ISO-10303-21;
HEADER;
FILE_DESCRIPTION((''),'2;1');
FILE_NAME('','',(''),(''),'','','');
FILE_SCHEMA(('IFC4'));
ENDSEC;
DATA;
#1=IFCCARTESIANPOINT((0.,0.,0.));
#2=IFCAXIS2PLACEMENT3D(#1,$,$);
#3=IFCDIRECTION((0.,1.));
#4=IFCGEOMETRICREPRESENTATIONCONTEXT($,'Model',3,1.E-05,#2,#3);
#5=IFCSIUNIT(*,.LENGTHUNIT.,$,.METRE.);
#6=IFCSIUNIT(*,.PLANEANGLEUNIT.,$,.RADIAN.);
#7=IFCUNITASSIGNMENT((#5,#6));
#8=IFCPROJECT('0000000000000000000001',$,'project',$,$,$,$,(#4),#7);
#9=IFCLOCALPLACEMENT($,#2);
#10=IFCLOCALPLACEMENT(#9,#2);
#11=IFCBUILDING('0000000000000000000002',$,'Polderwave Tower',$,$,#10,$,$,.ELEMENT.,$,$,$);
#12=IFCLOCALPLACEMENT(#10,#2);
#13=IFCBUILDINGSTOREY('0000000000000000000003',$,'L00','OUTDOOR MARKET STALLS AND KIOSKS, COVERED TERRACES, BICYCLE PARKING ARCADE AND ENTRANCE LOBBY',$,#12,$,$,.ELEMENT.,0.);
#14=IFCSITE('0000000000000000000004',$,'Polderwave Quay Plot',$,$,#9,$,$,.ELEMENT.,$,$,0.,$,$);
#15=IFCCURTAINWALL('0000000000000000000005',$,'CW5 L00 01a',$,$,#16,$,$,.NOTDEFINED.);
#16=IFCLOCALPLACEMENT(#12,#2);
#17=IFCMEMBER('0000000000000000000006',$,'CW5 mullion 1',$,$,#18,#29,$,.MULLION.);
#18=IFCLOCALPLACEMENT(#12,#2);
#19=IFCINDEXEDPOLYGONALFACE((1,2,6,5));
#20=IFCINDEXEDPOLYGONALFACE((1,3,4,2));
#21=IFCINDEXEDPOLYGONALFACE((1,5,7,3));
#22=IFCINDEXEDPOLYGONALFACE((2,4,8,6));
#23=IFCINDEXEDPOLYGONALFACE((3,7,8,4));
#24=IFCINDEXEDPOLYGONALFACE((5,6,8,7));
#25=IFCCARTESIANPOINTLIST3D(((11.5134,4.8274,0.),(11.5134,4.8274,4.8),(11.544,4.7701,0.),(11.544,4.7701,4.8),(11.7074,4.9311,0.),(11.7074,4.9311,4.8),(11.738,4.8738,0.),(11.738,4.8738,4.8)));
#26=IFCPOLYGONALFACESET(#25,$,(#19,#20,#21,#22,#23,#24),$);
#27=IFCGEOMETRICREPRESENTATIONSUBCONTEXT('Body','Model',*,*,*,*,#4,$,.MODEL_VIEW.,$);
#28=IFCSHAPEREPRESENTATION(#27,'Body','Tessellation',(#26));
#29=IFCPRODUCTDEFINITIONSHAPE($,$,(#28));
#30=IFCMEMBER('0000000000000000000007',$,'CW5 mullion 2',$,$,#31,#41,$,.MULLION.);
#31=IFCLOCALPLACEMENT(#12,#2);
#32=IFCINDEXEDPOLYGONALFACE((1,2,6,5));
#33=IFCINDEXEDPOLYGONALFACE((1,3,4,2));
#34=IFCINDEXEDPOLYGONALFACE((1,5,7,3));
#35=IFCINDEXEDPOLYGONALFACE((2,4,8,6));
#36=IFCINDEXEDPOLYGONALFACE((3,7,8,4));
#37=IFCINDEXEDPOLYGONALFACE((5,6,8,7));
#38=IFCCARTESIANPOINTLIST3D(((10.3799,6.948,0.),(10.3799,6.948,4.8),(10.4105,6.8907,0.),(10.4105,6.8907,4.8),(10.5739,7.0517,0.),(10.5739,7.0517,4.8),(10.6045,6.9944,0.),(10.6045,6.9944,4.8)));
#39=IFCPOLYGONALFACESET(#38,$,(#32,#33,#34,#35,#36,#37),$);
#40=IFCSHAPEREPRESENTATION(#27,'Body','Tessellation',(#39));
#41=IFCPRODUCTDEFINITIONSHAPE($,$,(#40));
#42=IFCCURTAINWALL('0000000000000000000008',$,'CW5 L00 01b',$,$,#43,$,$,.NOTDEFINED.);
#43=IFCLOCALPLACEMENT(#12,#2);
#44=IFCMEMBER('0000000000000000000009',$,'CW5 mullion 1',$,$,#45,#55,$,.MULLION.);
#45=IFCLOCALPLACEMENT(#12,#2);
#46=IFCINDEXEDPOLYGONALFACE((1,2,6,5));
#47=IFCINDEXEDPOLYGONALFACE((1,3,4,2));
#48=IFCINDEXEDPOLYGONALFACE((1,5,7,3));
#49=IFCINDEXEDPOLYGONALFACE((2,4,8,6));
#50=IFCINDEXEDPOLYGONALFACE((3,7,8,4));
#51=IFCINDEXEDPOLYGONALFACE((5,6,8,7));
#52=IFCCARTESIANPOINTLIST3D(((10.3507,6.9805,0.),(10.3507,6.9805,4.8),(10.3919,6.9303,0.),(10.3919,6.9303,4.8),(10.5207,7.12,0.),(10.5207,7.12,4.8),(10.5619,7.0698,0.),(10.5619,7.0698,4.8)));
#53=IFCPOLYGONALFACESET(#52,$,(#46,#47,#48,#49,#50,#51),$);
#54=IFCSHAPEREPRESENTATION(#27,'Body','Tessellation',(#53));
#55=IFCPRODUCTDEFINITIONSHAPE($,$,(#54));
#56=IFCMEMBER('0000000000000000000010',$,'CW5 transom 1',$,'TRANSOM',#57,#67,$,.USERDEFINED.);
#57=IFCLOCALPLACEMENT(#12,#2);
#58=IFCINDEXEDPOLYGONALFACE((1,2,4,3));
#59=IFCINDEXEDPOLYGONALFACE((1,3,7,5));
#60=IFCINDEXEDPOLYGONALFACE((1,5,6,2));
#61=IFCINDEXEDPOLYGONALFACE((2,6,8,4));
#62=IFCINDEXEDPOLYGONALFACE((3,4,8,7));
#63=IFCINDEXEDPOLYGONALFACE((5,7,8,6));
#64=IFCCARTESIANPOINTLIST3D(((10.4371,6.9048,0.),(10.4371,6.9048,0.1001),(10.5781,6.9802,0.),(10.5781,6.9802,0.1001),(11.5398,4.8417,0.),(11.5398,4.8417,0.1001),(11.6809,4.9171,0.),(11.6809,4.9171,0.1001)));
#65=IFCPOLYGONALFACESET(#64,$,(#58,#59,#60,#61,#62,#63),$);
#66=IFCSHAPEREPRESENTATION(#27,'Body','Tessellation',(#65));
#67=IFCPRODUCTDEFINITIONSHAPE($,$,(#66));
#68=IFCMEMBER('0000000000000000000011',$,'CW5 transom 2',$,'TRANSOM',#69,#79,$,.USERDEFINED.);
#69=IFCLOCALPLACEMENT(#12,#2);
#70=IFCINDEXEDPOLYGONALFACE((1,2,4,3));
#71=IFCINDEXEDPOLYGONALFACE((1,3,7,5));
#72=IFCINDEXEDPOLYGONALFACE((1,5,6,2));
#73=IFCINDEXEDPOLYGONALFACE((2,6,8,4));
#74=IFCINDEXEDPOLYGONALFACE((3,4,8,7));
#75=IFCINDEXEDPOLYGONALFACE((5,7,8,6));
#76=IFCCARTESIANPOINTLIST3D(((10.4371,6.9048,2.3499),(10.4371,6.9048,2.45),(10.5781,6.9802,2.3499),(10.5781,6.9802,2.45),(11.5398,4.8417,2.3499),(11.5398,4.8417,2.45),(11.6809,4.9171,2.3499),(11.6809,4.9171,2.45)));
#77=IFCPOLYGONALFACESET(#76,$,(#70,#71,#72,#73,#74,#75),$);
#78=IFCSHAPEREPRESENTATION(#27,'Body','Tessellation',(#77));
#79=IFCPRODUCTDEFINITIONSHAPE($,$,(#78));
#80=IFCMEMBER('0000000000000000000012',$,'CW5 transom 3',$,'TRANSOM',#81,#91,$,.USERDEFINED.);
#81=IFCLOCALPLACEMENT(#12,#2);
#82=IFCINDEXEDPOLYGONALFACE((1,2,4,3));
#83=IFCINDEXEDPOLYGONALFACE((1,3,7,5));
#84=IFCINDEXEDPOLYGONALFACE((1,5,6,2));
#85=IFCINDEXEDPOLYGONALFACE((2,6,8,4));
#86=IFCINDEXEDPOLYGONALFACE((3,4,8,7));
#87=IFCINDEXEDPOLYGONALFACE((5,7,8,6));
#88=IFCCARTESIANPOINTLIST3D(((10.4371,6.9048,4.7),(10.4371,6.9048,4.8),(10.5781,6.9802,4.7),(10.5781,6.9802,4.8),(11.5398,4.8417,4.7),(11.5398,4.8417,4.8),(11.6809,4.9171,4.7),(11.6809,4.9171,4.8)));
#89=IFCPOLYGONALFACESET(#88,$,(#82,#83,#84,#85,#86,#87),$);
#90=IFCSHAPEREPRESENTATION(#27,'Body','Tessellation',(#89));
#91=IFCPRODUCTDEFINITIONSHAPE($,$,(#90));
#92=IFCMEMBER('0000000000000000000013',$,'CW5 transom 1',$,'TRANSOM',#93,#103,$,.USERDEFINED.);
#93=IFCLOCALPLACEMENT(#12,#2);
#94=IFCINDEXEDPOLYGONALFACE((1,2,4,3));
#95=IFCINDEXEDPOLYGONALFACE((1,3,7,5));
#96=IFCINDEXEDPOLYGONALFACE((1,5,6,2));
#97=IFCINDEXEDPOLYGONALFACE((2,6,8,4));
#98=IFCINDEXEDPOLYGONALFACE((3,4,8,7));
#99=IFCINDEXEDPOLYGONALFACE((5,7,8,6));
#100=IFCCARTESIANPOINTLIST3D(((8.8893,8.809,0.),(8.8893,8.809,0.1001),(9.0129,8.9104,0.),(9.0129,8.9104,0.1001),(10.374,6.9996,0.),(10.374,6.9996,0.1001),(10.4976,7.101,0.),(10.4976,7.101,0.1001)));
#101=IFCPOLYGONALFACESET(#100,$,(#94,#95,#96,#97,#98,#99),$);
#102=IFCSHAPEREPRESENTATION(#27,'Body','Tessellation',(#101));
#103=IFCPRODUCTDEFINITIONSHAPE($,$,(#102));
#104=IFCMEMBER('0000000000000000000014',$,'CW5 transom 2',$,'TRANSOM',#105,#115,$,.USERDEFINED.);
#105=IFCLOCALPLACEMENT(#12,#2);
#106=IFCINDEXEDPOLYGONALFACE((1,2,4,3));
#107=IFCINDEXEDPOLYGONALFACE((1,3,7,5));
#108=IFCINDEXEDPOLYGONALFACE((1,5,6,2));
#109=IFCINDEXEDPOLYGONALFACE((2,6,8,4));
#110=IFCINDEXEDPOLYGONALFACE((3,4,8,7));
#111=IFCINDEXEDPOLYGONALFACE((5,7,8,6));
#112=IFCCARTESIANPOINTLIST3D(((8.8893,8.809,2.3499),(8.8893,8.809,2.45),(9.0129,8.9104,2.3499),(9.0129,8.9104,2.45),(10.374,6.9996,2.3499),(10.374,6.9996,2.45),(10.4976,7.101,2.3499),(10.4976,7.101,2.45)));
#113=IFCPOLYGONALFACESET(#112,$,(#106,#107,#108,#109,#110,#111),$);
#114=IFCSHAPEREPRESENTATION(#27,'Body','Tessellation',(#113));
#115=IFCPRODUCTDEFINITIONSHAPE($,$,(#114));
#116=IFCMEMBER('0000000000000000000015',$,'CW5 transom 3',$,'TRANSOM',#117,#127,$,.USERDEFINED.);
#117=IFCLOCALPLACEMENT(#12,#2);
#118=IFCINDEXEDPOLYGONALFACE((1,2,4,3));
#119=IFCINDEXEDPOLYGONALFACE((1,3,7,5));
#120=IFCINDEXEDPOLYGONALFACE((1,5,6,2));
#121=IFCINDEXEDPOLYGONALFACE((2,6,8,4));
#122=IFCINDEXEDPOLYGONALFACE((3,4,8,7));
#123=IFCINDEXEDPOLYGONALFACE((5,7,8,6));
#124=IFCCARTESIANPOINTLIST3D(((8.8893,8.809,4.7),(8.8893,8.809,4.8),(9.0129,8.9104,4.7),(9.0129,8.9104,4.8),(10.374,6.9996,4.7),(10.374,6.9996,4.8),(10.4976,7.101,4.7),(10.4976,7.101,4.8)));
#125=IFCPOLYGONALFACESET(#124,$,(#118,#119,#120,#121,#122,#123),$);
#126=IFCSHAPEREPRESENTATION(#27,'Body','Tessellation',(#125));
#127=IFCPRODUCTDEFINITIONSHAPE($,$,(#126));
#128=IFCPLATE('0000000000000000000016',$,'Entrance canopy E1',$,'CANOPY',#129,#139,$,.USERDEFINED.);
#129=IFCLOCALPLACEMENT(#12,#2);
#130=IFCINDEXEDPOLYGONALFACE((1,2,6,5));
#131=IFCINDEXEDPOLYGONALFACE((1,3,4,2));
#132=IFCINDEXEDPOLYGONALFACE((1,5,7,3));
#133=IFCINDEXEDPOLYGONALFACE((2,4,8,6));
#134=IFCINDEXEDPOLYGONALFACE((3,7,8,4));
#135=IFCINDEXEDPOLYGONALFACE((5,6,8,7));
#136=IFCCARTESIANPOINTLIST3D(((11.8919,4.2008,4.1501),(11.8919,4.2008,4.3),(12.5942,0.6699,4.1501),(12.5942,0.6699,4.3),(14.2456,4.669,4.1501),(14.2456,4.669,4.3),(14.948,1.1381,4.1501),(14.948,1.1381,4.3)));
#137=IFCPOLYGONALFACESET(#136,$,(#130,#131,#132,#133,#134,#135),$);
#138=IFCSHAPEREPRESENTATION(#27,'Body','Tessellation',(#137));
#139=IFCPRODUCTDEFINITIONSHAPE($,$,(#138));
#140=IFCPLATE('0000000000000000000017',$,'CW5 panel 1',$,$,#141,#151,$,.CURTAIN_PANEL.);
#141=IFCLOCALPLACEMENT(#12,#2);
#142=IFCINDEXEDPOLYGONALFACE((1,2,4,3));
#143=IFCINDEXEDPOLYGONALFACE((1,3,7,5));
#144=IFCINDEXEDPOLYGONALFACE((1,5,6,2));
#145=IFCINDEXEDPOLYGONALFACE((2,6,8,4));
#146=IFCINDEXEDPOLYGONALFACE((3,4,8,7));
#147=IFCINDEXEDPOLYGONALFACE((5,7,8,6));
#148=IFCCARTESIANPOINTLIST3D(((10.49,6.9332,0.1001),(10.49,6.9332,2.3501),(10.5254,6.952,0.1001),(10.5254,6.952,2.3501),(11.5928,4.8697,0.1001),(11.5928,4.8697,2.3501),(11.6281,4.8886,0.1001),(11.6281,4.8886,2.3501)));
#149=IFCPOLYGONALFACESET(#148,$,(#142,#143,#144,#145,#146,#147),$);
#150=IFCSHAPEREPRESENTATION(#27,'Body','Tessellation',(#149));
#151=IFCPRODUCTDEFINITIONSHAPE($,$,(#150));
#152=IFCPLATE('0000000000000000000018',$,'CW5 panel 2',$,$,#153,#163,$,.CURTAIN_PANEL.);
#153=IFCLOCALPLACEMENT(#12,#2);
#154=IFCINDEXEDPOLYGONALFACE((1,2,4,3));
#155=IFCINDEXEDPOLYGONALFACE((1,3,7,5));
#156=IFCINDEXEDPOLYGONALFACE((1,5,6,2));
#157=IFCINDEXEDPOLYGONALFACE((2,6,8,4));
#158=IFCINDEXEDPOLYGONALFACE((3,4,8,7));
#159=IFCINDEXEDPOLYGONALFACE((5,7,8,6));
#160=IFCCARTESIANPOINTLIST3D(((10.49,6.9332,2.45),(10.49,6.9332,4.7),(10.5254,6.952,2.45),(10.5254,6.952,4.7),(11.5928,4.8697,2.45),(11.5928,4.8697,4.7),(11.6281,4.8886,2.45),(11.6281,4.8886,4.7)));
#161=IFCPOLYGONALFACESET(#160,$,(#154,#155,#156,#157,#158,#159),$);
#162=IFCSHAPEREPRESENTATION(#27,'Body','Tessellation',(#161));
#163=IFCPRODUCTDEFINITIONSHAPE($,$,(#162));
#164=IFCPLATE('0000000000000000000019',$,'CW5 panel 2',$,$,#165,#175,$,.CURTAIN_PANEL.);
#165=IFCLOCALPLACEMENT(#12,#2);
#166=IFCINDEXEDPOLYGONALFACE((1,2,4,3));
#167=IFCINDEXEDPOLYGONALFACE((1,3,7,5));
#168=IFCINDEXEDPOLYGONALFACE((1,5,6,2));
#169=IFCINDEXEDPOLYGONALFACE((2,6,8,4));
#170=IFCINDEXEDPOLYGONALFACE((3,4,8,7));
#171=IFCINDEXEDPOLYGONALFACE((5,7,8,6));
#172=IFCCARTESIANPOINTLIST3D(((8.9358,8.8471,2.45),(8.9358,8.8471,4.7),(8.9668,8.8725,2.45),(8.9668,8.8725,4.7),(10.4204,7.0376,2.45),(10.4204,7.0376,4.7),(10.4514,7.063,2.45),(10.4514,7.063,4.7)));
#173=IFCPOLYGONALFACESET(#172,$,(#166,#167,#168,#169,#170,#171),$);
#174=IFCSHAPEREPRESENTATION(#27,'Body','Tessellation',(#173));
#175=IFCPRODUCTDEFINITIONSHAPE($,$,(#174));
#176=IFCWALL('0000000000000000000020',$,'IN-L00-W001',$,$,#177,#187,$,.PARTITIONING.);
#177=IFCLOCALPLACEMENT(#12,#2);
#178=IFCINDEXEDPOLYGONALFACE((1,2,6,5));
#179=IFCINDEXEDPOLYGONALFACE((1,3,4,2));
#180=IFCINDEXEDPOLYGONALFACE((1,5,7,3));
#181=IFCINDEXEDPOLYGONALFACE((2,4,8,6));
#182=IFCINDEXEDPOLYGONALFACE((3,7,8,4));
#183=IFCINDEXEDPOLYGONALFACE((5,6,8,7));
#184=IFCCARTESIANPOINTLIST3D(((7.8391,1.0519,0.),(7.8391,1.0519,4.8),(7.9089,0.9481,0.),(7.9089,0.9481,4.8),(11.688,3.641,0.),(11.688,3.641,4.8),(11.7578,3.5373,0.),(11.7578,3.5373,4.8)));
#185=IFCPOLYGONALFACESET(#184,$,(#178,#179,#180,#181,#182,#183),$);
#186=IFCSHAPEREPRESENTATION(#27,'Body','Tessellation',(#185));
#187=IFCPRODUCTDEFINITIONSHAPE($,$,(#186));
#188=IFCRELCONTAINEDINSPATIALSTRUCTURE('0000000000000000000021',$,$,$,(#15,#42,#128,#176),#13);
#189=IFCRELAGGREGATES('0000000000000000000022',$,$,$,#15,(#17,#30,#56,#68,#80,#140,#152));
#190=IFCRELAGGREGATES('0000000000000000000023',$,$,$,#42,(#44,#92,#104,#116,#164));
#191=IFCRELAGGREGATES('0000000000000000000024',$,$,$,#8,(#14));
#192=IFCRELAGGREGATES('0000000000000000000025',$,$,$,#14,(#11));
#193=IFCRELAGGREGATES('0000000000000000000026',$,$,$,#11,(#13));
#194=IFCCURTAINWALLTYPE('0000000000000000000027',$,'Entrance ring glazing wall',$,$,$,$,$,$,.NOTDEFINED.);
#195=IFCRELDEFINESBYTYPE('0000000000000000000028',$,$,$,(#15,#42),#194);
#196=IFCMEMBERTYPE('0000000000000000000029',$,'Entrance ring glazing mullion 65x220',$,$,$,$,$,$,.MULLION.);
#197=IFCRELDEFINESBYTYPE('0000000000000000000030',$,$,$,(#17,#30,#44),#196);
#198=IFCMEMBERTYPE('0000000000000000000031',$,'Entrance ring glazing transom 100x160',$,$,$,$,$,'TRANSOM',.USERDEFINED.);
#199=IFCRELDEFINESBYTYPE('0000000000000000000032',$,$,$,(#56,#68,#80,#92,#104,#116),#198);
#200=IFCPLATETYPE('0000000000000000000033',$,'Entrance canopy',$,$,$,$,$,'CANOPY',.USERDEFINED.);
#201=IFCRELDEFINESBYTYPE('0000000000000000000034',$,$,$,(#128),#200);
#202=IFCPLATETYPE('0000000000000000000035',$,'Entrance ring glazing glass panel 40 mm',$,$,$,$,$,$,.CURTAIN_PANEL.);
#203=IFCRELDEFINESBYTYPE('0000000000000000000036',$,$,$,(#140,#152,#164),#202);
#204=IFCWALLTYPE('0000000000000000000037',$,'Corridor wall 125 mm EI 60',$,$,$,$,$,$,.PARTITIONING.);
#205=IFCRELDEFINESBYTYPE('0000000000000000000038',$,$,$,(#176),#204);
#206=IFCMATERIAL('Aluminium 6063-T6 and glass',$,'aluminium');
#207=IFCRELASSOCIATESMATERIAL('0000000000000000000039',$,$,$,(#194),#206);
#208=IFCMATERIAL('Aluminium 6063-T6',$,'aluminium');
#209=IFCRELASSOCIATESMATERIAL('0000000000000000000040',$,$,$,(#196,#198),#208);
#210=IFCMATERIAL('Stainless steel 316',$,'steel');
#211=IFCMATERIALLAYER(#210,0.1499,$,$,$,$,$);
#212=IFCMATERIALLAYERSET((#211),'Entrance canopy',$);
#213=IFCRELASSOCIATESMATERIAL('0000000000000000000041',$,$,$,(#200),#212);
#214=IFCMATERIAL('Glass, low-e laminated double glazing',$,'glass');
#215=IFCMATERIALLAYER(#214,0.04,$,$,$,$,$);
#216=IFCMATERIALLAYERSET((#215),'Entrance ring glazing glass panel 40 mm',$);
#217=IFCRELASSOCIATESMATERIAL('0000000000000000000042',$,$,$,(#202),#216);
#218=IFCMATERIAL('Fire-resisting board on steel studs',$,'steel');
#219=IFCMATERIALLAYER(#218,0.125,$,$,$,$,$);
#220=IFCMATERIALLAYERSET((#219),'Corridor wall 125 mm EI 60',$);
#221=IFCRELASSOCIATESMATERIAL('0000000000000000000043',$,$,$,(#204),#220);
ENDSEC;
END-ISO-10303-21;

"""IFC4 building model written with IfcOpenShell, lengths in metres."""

from ifc_helpers import new_model, si_unit, direction, frame, frame_2d, origin, origin_2d, place, context, subcontext, project, spatial, rectangle, extrude, material, layer, layer_set, material_profile, profile_set, type_object, element, aggregate, save


model = new_model("IFC4")

# Units and contexts
model_context = context("Model", 3, precision=1e-05, world=origin(), true_north=direction((0.0, 1.0)))
body_context = subcontext(model_context, "Body", "Model", "MODEL_VIEW")
ifc_project = project(units=[si_unit("LENGTHUNIT", "METRE"), si_unit("PLANEANGLEUNIT", "RADIAN")], contexts=[model_context])

# Site, building, storey
site_placement = place(None, origin())
site = spatial("IfcSite", under=ifc_project, at=site_placement, Name="Polderwave Quay Plot", CompositionType="ELEMENT", RefElevation=0.0)
building_placement = place(site_placement, origin())
building = spatial("IfcBuilding", under=site, at=building_placement, Name="Polderwave Tower", CompositionType="ELEMENT")
storey_placement = place(building_placement, origin())
storey = spatial("IfcBuildingStorey", under=building, at=storey_placement, Name="L00", Description="OUTDOOR MARKET STALLS AND KIOSKS, COVERED TERRACES, BICYCLE PARKING ARCADE AND ENTRANCE LOBBY", CompositionType="ELEMENT", Elevation=0.0)

# Curtain wall, members
ifc_material_1 = material(Name="Aluminium 6063-T6 and glass", Category="aluminium")
curtain_wall_type = type_object("IfcCurtainWallType", Name="Entrance ring glazing wall", PredefinedType="NOTDEFINED", material=ifc_material_1)
curtain_wall_1_placement = place(storey_placement, origin())
curtain_wall_1 = element("IfcCurtainWall", 1, at=curtain_wall_1_placement, inside=storey, type_object=curtain_wall_type, Name="CW5 L00 01a", PredefinedType="NOTDEFINED")
ifc_material_2 = material(Name="Aluminium 6063-T6", Category="aluminium")
ifc_material_profile_1 = material_profile(ifc_material_2, rectangle(XDim=0.22, YDim=0.0649, at=origin_2d()), Name="AL 65x220")
ifc_profile_set_1 = profile_set([ifc_material_profile_1], Name="Aluminium 6063-T6")
member_type_1 = type_object("IfcMemberType", Name="Entrance ring glazing mullion 65x220", PredefinedType="MULLION", material=ifc_profile_set_1)
member_1_placement = place(storey_placement, frame((11.6257, 4.8506, 0.0), z_axis=(0.0, 0.0, 1.0), x_axis=(-0.881949, -0.471344, 0.0)))
member_1 = element("IfcMember", 2, at=member_1_placement, type_object=member_type_1, Name="CW5 mullion 1", PredefinedType="MULLION", context=body_context, shape_type="SweptSolid", body=[
    extrude(rectangle(XDim=0.22, YDim=0.0649, at=origin_2d()), origin(), (0.0, 0.0, 1.0), 4.8),
])
member_2_placement = place(storey_placement, frame((10.4922, 6.9712, 0.0), z_axis=(0.0, 0.0, 1.0), x_axis=(-0.881949, -0.471344, 0.0)))
member_2 = element("IfcMember", 3, at=member_2_placement, type_object=member_type_1, Name="CW5 mullion 2", PredefinedType="MULLION", context=body_context, shape_type="SweptSolid", body=[
    extrude(rectangle(XDim=0.22, YDim=0.0649, at=origin_2d()), origin(), (0.0, 0.0, 1.0), 4.8),
])

# Curtain wall, member
curtain_wall_2_placement = place(storey_placement, origin())
curtain_wall_2 = element("IfcCurtainWall", 4, at=curtain_wall_2_placement, inside=storey, type_object=curtain_wall_type, Name="CW5 L00 01b", PredefinedType="NOTDEFINED")
member_3_placement = place(storey_placement, frame((10.4563, 7.0251, 0.0), z_axis=(0.0, 0.0, 1.0), x_axis=(-0.773109, -0.634273, 0.0)))
member_3 = element("IfcMember", 5, at=member_3_placement, type_object=member_type_1, Name="CW5 mullion 1", PredefinedType="MULLION", context=body_context, shape_type="SweptSolid", body=[
    extrude(rectangle(XDim=0.22, YDim=0.0649, at=origin_2d()), origin(), (0.0, 0.0, 1.0), 4.8),
])

# Members
ifc_material_profile_2 = material_profile(ifc_material_2, rectangle(XDim=0.1599, YDim=0.1001, at=origin_2d()), Name="AL 100x160")
ifc_profile_set_2 = profile_set([ifc_material_profile_2], Name="Aluminium 6063-T6")
member_type_2 = type_object("IfcMemberType", Name="Entrance ring glazing transom 100x160", ElementType="TRANSOM", PredefinedType="USERDEFINED", material=ifc_profile_set_2)
member_4_placement = place(storey_placement, frame((11.6104, 4.8794, 0.05), z_axis=(-0.471384, 0.881928, 0.0), x_axis=(-0.881928, -0.471384, 0.0)))
member_4 = element("IfcMember", 6, at=member_4_placement, type_object=member_type_2, Name="CW5 transom 1", ObjectType="TRANSOM", PredefinedType="USERDEFINED", context=body_context, shape_type="SweptSolid", body=[
    extrude(rectangle(XDim=0.1599, YDim=0.1001, at=origin_2d()), origin(), (0.0, 0.0, 1.0), 2.3394),
])
member_5_placement = place(storey_placement, frame((11.6104, 4.8794, 2.3999), z_axis=(-0.471384, 0.881928, 0.0), x_axis=(-0.881928, -0.471384, 0.0)))
member_5 = element("IfcMember", 7, at=member_5_placement, type_object=member_type_2, Name="CW5 transom 2", ObjectType="TRANSOM", PredefinedType="USERDEFINED", context=body_context, shape_type="SweptSolid", body=[
    extrude(rectangle(XDim=0.1599, YDim=0.1001, at=origin_2d()), origin(), (0.0, 0.0, 1.0), 2.3394),
])
member_6_placement = place(storey_placement, frame((11.6104, 4.8794, 4.75), z_axis=(-0.471384, 0.881928, 0.0), x_axis=(-0.881928, -0.471384, 0.0)))
member_6 = element("IfcMember", 8, at=member_6_placement, type_object=member_type_2, Name="CW5 transom 3", ObjectType="TRANSOM", PredefinedType="USERDEFINED", context=body_context, shape_type="SweptSolid", body=[
    extrude(rectangle(XDim=0.1599, YDim=0.1001, at=origin_2d()), origin(), (0.0, 0.0, 1.0), 2.3394),
])
member_7_placement = place(storey_placement, frame((10.4358, 7.0503, 0.05), z_axis=(-0.634328, 0.773064, 0.0), x_axis=(-0.773064, -0.634328, 0.0)))
member_7 = element("IfcMember", 9, at=member_7_placement, type_object=member_type_2, Name="CW5 transom 1", ObjectType="TRANSOM", PredefinedType="USERDEFINED", context=body_context, shape_type="SweptSolid", body=[
    extrude(rectangle(XDim=0.1599, YDim=0.1001, at=origin_2d()), origin(), (0.0, 0.0, 1.0), 2.3406),
])
member_8_placement = place(storey_placement, frame((10.4358, 7.0503, 2.3999), z_axis=(-0.634328, 0.773064, 0.0), x_axis=(-0.773064, -0.634328, 0.0)))
member_8 = element("IfcMember", 10, at=member_8_placement, type_object=member_type_2, Name="CW5 transom 2", ObjectType="TRANSOM", PredefinedType="USERDEFINED", context=body_context, shape_type="SweptSolid", body=[
    extrude(rectangle(XDim=0.1599, YDim=0.1001, at=origin_2d()), origin(), (0.0, 0.0, 1.0), 2.3406),
])
member_9_placement = place(storey_placement, frame((10.4358, 7.0503, 4.75), z_axis=(-0.634328, 0.773064, 0.0), x_axis=(-0.773064, -0.634328, 0.0)))
member_9 = element("IfcMember", 11, at=member_9_placement, type_object=member_type_2, Name="CW5 transom 3", ObjectType="TRANSOM", PredefinedType="USERDEFINED", context=body_context, shape_type="SweptSolid", body=[
    extrude(rectangle(XDim=0.1599, YDim=0.1001, at=origin_2d()), origin(), (0.0, 0.0, 1.0), 2.3406),
])

# Plates
ifc_material_3 = material(Name="Stainless steel 316", Category="steel")
ifc_layer_1 = layer(ifc_material_3, 0.1499)
ifc_layer_set_1 = layer_set([ifc_layer_1], Name="Entrance canopy")
plate_type_1 = type_object("IfcPlateType", Name="Entrance canopy", ElementType="CANOPY", PredefinedType="USERDEFINED", material=ifc_layer_set_1)
plate_1_placement = place(storey_placement, frame((13.4199, 2.6694, 4.1501), z_axis=(0.0, 0.0, 1.0), x_axis=(-0.19509, 0.980785, 0.0)))
element("IfcPlate", 12, at=plate_1_placement, inside=storey, type_object=plate_type_1, Name="Entrance canopy E1", ObjectType="CANOPY", PredefinedType="USERDEFINED", context=body_context, shape_type="SweptSolid", body=[
    extrude(rectangle(XDim=3.6001, YDim=2.3999, at=origin_2d()), origin(), (0.0, 0.0, 1.0), 0.1499),
])
ifc_material_4 = material(Name="Glass, low-e laminated double glazing", Category="glass")
ifc_layer_2 = layer(ifc_material_4, 0.04)
ifc_layer_set_2 = layer_set([ifc_layer_2], Name="Entrance ring glazing glass panel 40 mm")
plate_type_2 = type_object("IfcPlateType", Name="Entrance ring glazing glass panel 40 mm", PredefinedType="CURTAIN_PANEL", material=ifc_layer_set_2)
plate_2_placement = place(storey_placement, frame((11.0591, 5.9109, 0.1001), z_axis=(0.0, 0.0, 1.0), x_axis=(-0.471344, 0.881949, 0.0)))
plate_2 = element("IfcPlate", 13, at=plate_2_placement, type_object=plate_type_2, Name="CW5 panel 1", PredefinedType="CURTAIN_PANEL", context=body_context, shape_type="SweptSolid", body=[
    extrude(rectangle(XDim=2.3396, YDim=0.04, at=origin_2d()), origin(), (0.0, 0.0, 1.0), 2.25),
])
plate_3_placement = place(storey_placement, frame((11.0591, 5.9109, 2.45), z_axis=(0.0, 0.0, 1.0), x_axis=(-0.471344, 0.881949, 0.0)))
plate_3 = element("IfcPlate", 14, at=plate_3_placement, type_object=plate_type_2, Name="CW5 panel 2", PredefinedType="CURTAIN_PANEL", context=body_context, shape_type="SweptSolid", body=[
    extrude(rectangle(XDim=2.3396, YDim=0.04, at=origin_2d()), origin(), (0.0, 0.0, 1.0), 2.25),
])
aggregate(curtain_wall_1, [member_1, member_2, member_4, member_5, member_6, plate_2, plate_3])
plate_4_placement = place(storey_placement, frame((9.6936, 7.9551, 2.45), z_axis=(0.0, 0.0, 1.0), x_axis=(-0.634273, 0.773109, 0.0)))
plate_4 = element("IfcPlate", 15, at=plate_4_placement, type_object=plate_type_2, Name="CW5 panel 2", PredefinedType="CURTAIN_PANEL", context=body_context, shape_type="SweptSolid", body=[
    extrude(rectangle(XDim=2.3406, YDim=0.04, at=origin_2d()), origin(), (0.0, 0.0, 1.0), 2.25),
])
aggregate(curtain_wall_2, [member_3, member_7, member_8, member_9, plate_4])

# Wall
ifc_material_5 = material(Name="Fire-resisting board on steel studs", Category="steel")
ifc_layer_3 = layer(ifc_material_5, 0.125)
ifc_layer_set_3 = layer_set([ifc_layer_3], Name="Corridor wall 125 mm EI 60")
wall_type_1 = type_object("IfcWallType", Name="Corridor wall 125 mm EI 60", PredefinedType="PARTITIONING", material=ifc_layer_set_3)
wall_1_placement = place(storey_placement, frame((11.7229, 3.5891, 0.0), z_axis=(0.0, 0.0, 1.0), x_axis=(-0.829735, -0.558157, 0.0)))
element("IfcWall", 16, at=wall_1_placement, inside=storey, type_object=wall_type_1, Name="IN-L00-W001", PredefinedType="PARTITIONING", context=body_context, shape_type="SweptSolid", body=[
    extrude(rectangle(XDim=4.6387, YDim=0.125, at=frame_2d((2.3193, 0.0))), origin(), (0.0, 0.0, 1.0), 4.8),
])

save(model, "model.ifc")
